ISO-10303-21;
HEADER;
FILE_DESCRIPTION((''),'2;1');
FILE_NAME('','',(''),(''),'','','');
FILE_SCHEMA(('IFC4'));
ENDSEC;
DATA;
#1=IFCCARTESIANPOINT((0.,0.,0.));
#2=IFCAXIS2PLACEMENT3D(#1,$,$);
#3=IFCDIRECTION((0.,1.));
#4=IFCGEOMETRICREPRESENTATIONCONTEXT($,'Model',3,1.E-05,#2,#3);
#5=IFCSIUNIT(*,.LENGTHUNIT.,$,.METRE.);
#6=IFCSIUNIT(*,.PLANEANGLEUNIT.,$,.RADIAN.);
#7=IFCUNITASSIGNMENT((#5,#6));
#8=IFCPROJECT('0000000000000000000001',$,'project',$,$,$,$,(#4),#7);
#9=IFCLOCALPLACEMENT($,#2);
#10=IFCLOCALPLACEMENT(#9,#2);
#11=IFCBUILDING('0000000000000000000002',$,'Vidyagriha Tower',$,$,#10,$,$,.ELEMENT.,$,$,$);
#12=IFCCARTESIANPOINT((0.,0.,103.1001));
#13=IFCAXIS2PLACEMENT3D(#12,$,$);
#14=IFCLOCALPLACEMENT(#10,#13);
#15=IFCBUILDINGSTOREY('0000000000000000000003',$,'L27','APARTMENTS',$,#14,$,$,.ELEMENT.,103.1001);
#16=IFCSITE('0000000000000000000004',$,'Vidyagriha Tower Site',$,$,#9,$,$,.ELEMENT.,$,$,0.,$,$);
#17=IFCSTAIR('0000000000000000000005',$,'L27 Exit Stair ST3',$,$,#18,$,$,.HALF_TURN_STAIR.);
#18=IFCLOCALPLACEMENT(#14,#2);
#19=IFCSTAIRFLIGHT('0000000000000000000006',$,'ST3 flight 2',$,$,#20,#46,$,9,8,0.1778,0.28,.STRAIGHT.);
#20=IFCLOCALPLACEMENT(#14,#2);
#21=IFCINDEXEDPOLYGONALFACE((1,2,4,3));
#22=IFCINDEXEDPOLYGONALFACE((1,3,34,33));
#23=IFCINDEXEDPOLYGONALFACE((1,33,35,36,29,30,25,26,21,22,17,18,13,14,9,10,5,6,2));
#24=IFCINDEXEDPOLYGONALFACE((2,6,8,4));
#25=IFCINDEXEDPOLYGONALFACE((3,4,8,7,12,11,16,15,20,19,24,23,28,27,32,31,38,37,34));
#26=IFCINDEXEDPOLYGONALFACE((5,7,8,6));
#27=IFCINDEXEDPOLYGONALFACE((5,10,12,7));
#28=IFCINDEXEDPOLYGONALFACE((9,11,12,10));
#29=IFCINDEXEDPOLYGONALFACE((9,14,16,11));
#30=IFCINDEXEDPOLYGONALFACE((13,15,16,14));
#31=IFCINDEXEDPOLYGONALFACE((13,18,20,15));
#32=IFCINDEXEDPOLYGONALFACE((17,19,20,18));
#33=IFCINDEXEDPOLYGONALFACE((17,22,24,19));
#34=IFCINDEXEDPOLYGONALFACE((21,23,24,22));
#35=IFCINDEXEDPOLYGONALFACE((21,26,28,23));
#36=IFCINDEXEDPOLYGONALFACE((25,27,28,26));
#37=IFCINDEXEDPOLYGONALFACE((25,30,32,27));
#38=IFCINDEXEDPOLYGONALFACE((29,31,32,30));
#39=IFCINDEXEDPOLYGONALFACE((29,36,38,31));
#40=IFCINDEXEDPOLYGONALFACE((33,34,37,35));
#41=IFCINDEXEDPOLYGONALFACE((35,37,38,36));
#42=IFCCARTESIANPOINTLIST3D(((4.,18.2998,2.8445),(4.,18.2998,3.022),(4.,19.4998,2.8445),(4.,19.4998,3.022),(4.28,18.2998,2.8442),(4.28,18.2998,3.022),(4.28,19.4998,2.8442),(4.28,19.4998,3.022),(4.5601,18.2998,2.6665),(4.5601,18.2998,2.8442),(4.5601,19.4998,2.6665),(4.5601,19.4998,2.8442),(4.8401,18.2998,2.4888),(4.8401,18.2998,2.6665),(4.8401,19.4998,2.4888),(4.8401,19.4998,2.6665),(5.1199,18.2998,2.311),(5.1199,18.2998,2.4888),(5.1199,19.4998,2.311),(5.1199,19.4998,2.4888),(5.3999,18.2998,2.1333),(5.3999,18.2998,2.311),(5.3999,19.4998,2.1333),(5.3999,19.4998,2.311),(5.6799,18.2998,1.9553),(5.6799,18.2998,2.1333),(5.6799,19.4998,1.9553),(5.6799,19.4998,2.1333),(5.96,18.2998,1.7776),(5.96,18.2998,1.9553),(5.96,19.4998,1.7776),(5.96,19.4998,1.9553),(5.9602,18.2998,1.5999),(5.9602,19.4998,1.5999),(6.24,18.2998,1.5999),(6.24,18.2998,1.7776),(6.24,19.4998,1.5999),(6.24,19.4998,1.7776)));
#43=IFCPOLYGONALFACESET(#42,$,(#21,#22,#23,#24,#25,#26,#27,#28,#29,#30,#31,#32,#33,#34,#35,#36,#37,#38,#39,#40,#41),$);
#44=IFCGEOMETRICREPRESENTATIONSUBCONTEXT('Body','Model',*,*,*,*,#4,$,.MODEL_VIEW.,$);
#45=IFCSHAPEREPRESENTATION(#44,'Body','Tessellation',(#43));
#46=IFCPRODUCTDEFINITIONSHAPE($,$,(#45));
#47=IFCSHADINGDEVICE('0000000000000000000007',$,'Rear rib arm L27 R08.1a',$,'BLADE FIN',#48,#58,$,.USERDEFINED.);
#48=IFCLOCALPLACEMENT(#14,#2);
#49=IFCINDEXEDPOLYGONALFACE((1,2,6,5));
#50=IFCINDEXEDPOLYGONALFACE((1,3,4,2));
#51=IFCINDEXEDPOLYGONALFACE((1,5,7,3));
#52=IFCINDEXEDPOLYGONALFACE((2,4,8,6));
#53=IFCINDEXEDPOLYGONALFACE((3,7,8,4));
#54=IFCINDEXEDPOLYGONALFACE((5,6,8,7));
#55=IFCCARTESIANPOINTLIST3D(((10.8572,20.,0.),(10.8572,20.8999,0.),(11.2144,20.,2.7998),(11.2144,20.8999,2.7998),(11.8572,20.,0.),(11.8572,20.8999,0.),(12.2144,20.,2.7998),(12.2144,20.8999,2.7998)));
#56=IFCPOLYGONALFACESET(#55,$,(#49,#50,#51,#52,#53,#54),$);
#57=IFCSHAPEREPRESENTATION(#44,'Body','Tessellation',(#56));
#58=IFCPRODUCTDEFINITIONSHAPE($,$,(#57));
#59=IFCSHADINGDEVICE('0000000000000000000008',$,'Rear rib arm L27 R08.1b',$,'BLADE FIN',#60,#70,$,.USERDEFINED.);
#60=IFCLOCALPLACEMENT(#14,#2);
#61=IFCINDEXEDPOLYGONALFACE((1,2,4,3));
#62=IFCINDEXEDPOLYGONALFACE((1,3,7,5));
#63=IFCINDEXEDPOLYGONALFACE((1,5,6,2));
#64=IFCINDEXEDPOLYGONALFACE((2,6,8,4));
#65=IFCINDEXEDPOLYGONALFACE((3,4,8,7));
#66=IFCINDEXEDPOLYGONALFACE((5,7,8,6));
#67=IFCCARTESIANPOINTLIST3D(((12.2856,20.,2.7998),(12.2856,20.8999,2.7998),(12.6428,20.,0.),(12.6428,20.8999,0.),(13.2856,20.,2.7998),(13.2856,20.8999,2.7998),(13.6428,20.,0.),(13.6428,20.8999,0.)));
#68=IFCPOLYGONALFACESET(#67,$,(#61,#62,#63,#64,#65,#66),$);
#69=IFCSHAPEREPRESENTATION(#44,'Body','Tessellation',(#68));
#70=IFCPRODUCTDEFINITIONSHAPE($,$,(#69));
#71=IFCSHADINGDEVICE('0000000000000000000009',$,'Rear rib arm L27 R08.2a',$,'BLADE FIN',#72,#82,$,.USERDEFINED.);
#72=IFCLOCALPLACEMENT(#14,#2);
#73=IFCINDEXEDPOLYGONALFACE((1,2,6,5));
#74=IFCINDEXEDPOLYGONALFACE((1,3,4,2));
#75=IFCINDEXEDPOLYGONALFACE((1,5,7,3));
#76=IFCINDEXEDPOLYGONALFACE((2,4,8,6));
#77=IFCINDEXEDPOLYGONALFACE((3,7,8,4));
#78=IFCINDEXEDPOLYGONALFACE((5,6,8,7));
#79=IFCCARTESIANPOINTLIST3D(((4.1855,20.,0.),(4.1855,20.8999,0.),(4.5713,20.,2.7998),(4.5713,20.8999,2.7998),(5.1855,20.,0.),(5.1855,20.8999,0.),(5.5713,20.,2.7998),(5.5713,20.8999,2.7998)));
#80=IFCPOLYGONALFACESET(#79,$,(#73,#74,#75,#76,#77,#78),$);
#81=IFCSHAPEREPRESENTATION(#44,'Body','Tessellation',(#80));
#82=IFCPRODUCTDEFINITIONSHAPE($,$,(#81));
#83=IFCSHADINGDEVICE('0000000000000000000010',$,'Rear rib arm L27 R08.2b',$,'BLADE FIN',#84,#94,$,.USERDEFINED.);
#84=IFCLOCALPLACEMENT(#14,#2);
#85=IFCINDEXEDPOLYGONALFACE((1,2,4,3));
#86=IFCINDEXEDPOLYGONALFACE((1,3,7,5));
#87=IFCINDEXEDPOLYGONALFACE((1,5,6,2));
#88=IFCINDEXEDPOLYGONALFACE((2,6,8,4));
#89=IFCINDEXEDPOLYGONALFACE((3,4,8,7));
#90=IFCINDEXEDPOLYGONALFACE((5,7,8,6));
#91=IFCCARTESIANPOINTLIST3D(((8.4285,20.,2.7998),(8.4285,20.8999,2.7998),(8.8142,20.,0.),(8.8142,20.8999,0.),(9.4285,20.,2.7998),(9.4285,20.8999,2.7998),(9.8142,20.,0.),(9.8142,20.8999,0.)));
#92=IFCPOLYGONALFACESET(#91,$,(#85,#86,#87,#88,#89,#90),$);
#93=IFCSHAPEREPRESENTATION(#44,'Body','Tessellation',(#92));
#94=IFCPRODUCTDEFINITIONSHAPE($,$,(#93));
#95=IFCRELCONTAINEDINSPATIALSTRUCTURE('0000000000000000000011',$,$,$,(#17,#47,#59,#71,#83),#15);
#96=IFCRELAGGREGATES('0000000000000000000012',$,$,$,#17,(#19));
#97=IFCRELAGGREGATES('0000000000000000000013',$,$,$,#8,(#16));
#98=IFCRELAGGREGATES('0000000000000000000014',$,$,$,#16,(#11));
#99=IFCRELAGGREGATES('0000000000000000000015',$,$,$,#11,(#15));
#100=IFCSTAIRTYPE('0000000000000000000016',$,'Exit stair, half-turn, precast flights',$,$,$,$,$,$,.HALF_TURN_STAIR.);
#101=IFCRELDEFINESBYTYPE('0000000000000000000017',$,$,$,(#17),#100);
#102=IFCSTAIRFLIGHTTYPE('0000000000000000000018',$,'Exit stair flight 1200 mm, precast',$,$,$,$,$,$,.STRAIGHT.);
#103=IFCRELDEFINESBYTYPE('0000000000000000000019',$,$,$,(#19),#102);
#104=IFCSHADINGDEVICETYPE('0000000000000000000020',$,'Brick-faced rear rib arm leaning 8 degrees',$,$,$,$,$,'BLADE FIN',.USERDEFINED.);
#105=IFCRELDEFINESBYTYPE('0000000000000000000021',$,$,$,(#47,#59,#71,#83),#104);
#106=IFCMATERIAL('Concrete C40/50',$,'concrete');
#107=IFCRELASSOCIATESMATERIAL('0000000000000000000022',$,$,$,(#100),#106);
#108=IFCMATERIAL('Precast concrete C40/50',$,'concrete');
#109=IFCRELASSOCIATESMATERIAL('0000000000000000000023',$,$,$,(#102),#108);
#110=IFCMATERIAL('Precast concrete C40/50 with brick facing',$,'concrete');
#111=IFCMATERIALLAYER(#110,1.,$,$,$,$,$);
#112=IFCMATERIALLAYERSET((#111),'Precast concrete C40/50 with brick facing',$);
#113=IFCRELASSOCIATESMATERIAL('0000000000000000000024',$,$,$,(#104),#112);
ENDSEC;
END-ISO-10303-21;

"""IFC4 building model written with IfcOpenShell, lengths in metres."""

from ifc_helpers import new_model, si_unit, direction, frame, origin, place, context, subcontext, project, spatial, polyline, outline, extrude, material, layer, layer_set, type_object, element, aggregate, save


model = new_model("IFC4")

# Units and contexts
model_context = context("Model", 3, precision=1e-05, world=origin(), true_north=direction((0.0, 1.0)))
body_context = subcontext(model_context, "Body", "Model", "MODEL_VIEW")
ifc_project = project(units=[si_unit("LENGTHUNIT", "METRE"), si_unit("PLANEANGLEUNIT", "RADIAN")], contexts=[model_context])

# Site, building, storey
site_placement = place(None, origin())
site = spatial("IfcSite", under=ifc_project, at=site_placement, Name="Vidyagriha Tower Site", CompositionType="ELEMENT", RefElevation=0.0)
building_placement = place(site_placement, origin())
building = spatial("IfcBuilding", under=site, at=building_placement, Name="Vidyagriha Tower", CompositionType="ELEMENT")
storey_placement = place(building_placement, frame((0.0, 0.0, 103.1001)))
storey = spatial("IfcBuildingStorey", under=building, at=storey_placement, Name="L27", Description="APARTMENTS", CompositionType="ELEMENT", Elevation=103.1001)

# Stair, stair flight
ifc_material_1 = material(Name="Concrete C40/50", Category="concrete")
stair_type = type_object("IfcStairType", Name="Exit stair, half-turn, precast flights", PredefinedType="HALF_TURN_STAIR", material=ifc_material_1)
stair_placement = place(storey_placement, origin())
stair = element("IfcStair", 1, at=stair_placement, inside=storey, type_object=stair_type, Name="L27 Exit Stair ST3", PredefinedType="HALF_TURN_STAIR")
ifc_material_2 = material(Name="Precast concrete C40/50", Category="concrete")
stair_flight_type = type_object("IfcStairFlightType", Name="Exit stair flight 1200 mm, precast", PredefinedType="STRAIGHT", material=ifc_material_2)
stair_flight_1_placement = place(storey_placement, frame((6.24, 18.8999, 1.5999), z_axis=(0.0, 0.0, 1.0), x_axis=(-1.0, 0.0, 0.0)))
stair_flight_1 = element("IfcStairFlight", 2, at=stair_flight_1_placement, type_object=stair_flight_type, Name="ST3 flight 2", NumberOfRisers=9, NumberOfTreads=8, PredefinedType="STRAIGHT", RiserHeight=0.1778, TreadLength=0.28, context=body_context, shape_type="SweptSolid", body=[
    extrude(outline(polyline([(0.0, 0.0), (0.0, 0.1777), (0.28, 0.1777), (0.28, 0.3555), (0.5601, 0.3555), (0.5601, 0.5334), (0.8401, 0.5334), (0.8401, 0.7112), (1.1201, 0.7112), (1.1201, 0.8889), (1.3999, 0.8889), (1.3999, 1.0667), (1.6799, 1.0667), (1.6799, 1.2444), (1.96, 1.2444), (1.96, 1.4221), (2.24, 1.4221), (2.24, 1.6001), (2.24, 1.2446), (0.2798, 0.0), (0.0, 0.0)])), frame((0.0, 0.6001, 0.0), z_axis=(0.0, -1.0, 0.0), x_axis=(1.0, 0.0, 0.0)), (0.0, 0.0, 1.0), 1.2),
])
aggregate(stair, [stair_flight_1])

# Shading devices
ifc_material_3 = material(Name="Precast concrete C40/50 with brick facing", Category="concrete")
ifc_layer_1 = layer(ifc_material_3, 1.0)
ifc_layer_set_1 = layer_set([ifc_layer_1], Name="Precast concrete C40/50 with brick facing")
shading_device_type = type_object("IfcShadingDeviceType", Name="Brick-faced rear rib arm leaning 8 degrees", ElementType="BLADE FIN", PredefinedType="USERDEFINED", material=ifc_layer_set_1)
shading_device_1_placement = place(storey_placement, frame((12.2144, 20.45, 0.0), z_axis=(0.0, 0.0, 1.0), x_axis=(-1.0, 0.0, 0.0)))
element("IfcShadingDevice", 3, at=shading_device_1_placement, inside=storey, type_object=shading_device_type, Name="Rear rib arm L27 R08.1a", ObjectType="BLADE FIN", PredefinedType="USERDEFINED", context=body_context, shape_type="SweptSolid", body=[
    extrude(outline(polyline([(0.3572, 0.0), (1.3572, 0.0), (1.0, 2.7998), (0.0, 2.7998), (0.3572, 0.0)])), frame((0.0, 0.45, 0.0), z_axis=(0.0, -1.0, 0.0), x_axis=(1.0, 0.0, 0.0)), (0.0, 0.0, 1.0), 0.8999),
])
shading_device_2_placement = place(storey_placement, frame((13.6428, 20.45, 0.0), z_axis=(0.0, 0.0, 1.0), x_axis=(-1.0, 0.0, 0.0)))
element("IfcShadingDevice", 4, at=shading_device_2_placement, inside=storey, type_object=shading_device_type, Name="Rear rib arm L27 R08.1b", ObjectType="BLADE FIN", PredefinedType="USERDEFINED", context=body_context, shape_type="SweptSolid", body=[
    extrude(outline(polyline([(0.0, 0.0), (1.0, 0.0), (1.3572, 2.7998), (0.3572, 2.7998), (0.0, 0.0)])), frame((0.0, 0.45, 0.0), z_axis=(0.0, -1.0, 0.0), x_axis=(1.0, 0.0, 0.0)), (0.0, 0.0, 1.0), 0.8999),
])
shading_device_3_placement = place(storey_placement, frame((5.5713, 20.45, 0.0), z_axis=(0.0, 0.0, 1.0), x_axis=(-1.0, 0.0, 0.0)))
element("IfcShadingDevice", 5, at=shading_device_3_placement, inside=storey, type_object=shading_device_type, Name="Rear rib arm L27 R08.2a", ObjectType="BLADE FIN", PredefinedType="USERDEFINED", context=body_context, shape_type="SweptSolid", body=[
    extrude(outline(polyline([(0.3857, 0.0), (1.3857, 0.0), (1.0, 2.7998), (0.0, 2.7998), (0.3857, 0.0)])), frame((0.0, 0.45, 0.0), z_axis=(0.0, -1.0, 0.0), x_axis=(1.0, 0.0, 0.0)), (0.0, 0.0, 1.0), 0.8999),
])
shading_device_4_placement = place(storey_placement, frame((9.8142, 20.45, 0.0), z_axis=(0.0, 0.0, 1.0), x_axis=(-1.0, 0.0, 0.0)))
element("IfcShadingDevice", 6, at=shading_device_4_placement, inside=storey, type_object=shading_device_type, Name="Rear rib arm L27 R08.2b", ObjectType="BLADE FIN", PredefinedType="USERDEFINED", context=body_context, shape_type="SweptSolid", body=[
    extrude(outline(polyline([(0.0, 0.0), (1.0, 0.0), (1.3857, 2.7998), (0.3857, 2.7998), (0.0, 0.0)])), frame((0.0, 0.45, 0.0), z_axis=(0.0, -1.0, 0.0), x_axis=(1.0, 0.0, 0.0)), (0.0, 0.0, 1.0), 0.8999),
])

save(model, "model.ifc")
